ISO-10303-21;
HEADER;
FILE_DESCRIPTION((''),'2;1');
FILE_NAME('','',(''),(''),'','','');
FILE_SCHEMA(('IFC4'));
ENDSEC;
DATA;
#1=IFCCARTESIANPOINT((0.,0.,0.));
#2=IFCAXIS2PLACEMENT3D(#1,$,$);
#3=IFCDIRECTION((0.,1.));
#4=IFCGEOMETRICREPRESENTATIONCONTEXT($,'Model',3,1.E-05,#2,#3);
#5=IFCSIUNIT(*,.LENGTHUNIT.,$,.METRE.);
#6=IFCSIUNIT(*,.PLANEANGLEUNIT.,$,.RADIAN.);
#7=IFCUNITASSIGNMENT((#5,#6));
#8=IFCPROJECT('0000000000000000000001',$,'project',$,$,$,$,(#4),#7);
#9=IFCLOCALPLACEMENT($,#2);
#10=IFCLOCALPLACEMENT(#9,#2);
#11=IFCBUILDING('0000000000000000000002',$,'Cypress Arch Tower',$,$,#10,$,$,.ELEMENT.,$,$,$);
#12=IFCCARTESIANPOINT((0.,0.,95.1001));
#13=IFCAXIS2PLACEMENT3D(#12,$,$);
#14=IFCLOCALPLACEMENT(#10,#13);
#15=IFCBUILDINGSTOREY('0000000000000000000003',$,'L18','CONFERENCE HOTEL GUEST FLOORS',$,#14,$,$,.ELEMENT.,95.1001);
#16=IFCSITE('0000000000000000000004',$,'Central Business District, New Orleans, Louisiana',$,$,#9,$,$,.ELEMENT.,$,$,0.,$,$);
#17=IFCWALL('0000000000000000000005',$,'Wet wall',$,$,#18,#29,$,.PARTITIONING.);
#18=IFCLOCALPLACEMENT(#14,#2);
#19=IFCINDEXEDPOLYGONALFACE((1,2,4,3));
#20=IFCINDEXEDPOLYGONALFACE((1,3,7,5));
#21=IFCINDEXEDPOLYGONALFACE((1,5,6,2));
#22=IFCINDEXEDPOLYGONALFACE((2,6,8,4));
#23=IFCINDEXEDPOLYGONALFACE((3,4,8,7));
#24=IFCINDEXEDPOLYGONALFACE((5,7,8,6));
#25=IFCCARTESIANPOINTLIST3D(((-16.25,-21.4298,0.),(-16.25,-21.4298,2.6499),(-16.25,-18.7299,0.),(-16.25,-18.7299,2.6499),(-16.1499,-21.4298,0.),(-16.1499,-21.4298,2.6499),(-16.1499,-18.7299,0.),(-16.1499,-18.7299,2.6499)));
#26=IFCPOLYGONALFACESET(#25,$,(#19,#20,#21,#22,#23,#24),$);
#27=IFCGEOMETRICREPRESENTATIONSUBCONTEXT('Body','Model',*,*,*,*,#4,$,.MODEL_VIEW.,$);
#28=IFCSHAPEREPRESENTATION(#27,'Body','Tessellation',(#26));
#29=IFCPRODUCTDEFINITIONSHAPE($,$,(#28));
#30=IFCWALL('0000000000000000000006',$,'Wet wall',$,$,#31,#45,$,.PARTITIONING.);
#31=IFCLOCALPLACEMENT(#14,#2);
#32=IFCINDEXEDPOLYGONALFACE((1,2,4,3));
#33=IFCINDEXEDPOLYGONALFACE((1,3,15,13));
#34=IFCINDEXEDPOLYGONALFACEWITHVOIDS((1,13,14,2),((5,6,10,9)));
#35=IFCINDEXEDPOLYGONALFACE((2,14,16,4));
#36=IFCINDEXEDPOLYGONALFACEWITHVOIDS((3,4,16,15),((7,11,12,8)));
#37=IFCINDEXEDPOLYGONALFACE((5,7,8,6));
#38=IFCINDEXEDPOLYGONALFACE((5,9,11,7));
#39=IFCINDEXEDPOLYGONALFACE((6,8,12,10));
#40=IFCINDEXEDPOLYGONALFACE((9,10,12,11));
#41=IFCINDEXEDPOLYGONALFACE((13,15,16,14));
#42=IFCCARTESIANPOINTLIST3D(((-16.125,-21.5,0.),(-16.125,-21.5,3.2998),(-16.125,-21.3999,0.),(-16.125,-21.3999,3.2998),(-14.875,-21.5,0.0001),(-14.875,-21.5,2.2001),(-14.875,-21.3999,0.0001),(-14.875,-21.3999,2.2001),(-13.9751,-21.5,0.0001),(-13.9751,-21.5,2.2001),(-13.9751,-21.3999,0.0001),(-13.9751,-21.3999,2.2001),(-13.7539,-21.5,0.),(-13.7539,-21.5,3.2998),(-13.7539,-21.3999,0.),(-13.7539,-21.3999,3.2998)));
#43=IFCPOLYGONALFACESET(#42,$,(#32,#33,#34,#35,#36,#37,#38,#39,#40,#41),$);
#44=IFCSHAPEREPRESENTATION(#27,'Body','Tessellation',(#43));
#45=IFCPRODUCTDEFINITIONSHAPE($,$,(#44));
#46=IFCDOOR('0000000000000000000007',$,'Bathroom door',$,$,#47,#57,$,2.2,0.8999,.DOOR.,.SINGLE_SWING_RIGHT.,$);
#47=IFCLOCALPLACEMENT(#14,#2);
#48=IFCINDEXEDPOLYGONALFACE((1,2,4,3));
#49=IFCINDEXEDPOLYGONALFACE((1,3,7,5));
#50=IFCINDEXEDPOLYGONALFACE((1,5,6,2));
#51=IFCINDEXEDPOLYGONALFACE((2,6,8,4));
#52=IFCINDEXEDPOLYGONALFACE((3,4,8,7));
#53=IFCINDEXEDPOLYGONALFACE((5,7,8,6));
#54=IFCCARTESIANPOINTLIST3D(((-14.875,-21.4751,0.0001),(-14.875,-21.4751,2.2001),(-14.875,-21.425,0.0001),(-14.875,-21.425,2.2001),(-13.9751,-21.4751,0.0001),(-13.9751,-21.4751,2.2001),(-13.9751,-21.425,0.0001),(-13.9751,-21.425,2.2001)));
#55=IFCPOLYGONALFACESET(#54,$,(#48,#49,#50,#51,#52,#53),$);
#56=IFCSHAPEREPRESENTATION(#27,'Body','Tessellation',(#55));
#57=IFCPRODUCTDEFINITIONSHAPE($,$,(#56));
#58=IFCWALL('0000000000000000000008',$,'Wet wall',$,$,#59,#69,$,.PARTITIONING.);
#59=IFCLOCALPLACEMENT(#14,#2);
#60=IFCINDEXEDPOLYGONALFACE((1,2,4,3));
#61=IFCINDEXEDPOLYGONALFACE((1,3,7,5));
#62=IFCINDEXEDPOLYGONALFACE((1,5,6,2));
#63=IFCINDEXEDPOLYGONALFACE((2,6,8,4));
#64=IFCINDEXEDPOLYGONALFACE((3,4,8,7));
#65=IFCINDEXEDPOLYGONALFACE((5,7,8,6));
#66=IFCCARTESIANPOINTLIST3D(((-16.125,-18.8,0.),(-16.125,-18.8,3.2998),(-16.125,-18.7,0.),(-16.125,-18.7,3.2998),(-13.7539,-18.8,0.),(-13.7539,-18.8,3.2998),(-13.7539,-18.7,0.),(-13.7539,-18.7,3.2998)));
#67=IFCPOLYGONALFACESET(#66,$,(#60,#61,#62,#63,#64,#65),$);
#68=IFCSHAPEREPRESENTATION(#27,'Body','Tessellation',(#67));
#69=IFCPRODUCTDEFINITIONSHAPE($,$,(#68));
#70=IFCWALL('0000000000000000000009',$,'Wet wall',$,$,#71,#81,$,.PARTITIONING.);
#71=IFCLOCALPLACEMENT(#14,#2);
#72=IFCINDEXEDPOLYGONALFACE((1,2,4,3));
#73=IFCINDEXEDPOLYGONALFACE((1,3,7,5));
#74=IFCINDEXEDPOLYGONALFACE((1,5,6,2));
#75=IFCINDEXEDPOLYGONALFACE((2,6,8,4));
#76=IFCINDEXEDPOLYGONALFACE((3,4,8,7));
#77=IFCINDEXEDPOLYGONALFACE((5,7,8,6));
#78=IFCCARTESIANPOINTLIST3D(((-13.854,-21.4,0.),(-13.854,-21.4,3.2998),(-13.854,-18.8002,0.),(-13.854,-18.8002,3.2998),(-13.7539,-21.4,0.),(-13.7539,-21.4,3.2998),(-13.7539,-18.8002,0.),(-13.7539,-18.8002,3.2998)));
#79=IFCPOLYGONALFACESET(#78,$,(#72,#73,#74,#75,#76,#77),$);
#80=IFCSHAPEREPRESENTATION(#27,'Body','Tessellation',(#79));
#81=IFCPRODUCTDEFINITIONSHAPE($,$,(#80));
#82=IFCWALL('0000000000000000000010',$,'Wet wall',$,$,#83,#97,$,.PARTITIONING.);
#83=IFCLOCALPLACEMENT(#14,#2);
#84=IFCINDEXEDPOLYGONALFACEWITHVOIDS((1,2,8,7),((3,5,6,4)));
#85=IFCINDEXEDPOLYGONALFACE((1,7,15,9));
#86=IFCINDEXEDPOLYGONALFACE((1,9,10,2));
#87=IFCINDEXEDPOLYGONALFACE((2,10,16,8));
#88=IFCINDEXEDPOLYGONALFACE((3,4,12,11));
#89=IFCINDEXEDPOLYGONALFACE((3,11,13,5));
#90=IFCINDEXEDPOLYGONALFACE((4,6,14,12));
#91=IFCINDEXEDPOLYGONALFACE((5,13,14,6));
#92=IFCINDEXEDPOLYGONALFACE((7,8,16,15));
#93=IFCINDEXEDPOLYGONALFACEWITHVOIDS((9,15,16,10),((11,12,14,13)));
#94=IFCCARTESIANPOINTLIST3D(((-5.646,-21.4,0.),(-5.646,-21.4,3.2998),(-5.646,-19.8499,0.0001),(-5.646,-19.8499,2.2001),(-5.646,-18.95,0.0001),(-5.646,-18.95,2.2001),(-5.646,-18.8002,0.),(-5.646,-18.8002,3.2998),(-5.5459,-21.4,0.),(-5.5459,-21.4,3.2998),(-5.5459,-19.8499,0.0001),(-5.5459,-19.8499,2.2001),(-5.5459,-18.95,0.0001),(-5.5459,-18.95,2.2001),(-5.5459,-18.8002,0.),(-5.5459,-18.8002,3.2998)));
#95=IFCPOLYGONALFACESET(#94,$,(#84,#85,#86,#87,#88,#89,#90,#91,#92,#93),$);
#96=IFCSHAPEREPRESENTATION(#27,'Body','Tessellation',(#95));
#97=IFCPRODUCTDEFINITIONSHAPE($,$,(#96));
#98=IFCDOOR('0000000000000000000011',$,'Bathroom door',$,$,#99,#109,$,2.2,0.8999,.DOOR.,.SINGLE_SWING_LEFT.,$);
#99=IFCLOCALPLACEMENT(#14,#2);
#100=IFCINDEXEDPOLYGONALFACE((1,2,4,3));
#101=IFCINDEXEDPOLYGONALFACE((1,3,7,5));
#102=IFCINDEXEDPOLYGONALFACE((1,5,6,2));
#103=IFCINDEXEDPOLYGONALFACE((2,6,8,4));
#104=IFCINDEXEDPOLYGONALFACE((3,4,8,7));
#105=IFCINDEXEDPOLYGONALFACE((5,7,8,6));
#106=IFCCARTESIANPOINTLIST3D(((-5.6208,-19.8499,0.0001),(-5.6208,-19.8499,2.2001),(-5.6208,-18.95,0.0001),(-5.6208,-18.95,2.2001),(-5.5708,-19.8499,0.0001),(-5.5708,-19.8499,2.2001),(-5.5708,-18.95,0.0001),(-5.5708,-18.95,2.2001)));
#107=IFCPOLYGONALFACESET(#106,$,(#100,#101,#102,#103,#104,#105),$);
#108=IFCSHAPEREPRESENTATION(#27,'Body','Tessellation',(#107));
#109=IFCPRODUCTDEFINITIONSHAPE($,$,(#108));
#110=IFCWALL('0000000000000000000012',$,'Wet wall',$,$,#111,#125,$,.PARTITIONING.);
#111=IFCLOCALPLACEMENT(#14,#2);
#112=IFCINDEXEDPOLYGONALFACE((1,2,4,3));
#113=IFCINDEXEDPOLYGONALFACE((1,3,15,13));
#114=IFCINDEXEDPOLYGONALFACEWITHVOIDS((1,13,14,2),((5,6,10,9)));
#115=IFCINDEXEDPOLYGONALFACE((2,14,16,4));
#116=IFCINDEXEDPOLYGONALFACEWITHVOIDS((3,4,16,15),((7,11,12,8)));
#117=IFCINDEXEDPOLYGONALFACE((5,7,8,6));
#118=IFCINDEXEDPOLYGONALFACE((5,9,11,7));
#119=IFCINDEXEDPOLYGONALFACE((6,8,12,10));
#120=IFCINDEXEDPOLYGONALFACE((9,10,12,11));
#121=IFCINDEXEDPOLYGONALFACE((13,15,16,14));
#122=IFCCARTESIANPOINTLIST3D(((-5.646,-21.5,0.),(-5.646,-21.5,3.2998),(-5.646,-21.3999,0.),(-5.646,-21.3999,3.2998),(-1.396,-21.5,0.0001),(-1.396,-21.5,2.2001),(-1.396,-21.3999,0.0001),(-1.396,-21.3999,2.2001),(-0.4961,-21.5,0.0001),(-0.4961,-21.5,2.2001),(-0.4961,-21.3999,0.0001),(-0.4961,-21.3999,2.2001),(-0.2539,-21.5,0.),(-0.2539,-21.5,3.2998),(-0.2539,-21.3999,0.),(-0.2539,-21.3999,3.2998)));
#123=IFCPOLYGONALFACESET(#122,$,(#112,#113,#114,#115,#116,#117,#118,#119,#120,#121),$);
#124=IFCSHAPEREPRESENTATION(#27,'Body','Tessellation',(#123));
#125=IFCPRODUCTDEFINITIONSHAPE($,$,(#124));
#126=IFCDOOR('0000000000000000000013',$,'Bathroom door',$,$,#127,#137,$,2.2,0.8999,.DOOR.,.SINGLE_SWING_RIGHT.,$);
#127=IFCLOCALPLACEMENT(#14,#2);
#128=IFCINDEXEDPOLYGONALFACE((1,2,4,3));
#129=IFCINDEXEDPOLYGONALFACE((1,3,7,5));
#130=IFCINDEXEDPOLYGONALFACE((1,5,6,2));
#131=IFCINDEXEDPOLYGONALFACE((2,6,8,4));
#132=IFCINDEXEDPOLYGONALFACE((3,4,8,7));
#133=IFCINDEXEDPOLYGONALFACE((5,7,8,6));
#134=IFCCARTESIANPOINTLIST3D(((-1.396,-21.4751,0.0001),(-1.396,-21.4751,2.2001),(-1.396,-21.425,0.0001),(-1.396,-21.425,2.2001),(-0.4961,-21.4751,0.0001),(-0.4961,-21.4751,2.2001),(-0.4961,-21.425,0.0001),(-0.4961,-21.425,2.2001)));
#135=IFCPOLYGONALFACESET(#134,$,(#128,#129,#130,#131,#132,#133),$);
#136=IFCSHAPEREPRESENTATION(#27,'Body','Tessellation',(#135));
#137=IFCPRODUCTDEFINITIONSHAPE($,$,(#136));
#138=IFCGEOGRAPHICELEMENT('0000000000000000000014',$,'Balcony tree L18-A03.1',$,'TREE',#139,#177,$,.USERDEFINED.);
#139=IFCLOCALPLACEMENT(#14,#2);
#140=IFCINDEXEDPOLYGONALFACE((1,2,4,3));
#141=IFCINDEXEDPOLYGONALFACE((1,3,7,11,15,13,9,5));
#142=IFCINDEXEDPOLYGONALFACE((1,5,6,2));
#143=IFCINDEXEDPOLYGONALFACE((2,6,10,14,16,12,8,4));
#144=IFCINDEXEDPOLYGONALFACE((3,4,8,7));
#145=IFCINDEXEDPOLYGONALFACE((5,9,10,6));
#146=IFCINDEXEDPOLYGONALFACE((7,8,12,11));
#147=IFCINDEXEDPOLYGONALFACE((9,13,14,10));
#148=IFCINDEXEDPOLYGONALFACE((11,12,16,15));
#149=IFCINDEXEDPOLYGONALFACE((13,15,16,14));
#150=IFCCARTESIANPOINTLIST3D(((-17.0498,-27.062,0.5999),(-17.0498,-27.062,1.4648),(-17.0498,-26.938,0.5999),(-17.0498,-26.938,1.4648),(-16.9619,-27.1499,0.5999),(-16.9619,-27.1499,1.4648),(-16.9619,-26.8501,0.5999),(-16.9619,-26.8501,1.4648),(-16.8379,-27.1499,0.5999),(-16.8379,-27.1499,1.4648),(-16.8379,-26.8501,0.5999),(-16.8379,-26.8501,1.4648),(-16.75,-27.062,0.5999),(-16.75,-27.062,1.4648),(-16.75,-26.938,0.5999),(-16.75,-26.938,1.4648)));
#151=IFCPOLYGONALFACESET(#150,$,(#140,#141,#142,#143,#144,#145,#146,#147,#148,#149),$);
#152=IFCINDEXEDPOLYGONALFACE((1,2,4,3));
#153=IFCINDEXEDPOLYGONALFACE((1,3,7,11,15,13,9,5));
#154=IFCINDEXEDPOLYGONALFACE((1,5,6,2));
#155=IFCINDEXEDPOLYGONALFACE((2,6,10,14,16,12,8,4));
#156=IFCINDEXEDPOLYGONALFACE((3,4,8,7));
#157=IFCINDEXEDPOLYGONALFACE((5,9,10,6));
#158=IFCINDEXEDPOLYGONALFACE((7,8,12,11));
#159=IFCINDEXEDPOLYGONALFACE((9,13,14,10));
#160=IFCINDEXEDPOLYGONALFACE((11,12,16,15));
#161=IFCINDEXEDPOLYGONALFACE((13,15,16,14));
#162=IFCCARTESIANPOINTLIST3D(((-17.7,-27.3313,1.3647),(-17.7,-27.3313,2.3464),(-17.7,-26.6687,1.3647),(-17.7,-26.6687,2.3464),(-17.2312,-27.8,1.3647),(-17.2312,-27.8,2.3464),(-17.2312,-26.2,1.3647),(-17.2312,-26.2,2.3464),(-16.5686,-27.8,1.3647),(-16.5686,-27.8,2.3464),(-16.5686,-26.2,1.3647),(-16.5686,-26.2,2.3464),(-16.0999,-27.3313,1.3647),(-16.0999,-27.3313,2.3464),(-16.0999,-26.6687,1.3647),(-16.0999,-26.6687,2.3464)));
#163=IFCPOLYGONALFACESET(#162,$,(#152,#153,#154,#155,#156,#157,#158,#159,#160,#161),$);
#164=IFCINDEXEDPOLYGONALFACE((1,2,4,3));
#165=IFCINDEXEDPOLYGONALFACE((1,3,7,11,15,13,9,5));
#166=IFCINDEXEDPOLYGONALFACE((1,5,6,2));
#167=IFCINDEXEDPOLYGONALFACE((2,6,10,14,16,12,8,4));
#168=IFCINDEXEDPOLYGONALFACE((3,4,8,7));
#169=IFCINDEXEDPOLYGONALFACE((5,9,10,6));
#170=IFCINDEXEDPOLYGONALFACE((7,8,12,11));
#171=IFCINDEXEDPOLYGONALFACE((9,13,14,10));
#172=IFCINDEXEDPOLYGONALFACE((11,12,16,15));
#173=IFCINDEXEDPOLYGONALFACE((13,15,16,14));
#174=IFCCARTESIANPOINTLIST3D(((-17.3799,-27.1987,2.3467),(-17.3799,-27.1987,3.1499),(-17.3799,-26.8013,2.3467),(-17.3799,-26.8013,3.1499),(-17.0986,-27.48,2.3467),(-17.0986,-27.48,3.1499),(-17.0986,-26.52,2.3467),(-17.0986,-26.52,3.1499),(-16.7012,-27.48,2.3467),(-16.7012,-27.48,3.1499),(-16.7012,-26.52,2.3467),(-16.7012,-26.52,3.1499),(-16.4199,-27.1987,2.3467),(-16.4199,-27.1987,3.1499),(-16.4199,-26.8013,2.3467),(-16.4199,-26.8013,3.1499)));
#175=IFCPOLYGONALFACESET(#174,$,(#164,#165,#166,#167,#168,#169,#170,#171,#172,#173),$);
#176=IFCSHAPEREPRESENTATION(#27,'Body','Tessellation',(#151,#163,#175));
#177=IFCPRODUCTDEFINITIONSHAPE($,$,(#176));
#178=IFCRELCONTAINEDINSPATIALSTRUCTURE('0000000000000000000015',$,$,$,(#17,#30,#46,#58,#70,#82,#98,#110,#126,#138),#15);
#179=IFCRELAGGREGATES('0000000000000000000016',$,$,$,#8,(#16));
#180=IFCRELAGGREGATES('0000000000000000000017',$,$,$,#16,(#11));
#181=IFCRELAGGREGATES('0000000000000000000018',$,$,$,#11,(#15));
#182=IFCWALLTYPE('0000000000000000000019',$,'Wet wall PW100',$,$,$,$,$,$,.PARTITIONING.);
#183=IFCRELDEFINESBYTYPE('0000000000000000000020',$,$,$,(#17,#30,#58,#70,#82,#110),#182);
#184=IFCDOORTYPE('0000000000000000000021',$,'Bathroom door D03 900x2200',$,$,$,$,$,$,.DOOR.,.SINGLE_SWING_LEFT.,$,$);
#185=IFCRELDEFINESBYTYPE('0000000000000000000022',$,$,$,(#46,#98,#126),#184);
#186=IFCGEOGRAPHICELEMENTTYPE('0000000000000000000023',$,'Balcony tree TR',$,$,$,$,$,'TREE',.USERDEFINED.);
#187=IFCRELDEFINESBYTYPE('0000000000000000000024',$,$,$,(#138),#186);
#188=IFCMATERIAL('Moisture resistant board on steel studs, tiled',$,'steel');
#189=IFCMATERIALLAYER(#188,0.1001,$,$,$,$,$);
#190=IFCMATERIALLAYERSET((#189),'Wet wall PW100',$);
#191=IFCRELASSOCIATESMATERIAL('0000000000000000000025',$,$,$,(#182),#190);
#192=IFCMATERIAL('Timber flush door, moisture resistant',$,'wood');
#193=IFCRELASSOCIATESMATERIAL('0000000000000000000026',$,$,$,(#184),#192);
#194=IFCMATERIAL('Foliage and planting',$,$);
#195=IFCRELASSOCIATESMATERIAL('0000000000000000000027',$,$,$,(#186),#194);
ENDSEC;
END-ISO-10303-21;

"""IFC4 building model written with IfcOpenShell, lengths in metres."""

from ifc_helpers import new_model, si_unit, direction, frame, frame_2d, origin, place, context, subcontext, project, spatial, polyline, rectangle, outline, extrude, material, layer, layer_set, type_object, element, fill, save


model = new_model("IFC4")

# Units and contexts
model_context = context("Model", 3, precision=1e-05, world=origin(), true_north=direction((0.0, 1.0)))
body_context = subcontext(model_context, "Body", "Model", "MODEL_VIEW")
ifc_project = project(units=[si_unit("LENGTHUNIT", "METRE"), si_unit("PLANEANGLEUNIT", "RADIAN")], contexts=[model_context])

# Site, building, storey
site_placement = place(None, origin())
site = spatial("IfcSite", under=ifc_project, at=site_placement, Name="Central Business District, New Orleans, Louisiana", CompositionType="ELEMENT", RefElevation=0.0)
building_placement = place(site_placement, origin())
building = spatial("IfcBuilding", under=site, at=building_placement, Name="Cypress Arch Tower", CompositionType="ELEMENT")
storey_placement = place(building_placement, frame((0.0, 0.0, 95.1001)))
storey = spatial("IfcBuildingStorey", under=building, at=storey_placement, Name="L18", Description="CONFERENCE HOTEL GUEST FLOORS", CompositionType="ELEMENT", Elevation=95.1001)

# Wall
ifc_material_1 = material(Name="Moisture resistant board on steel studs, tiled", Category="steel")
ifc_layer_1 = layer(ifc_material_1, 0.1001)
ifc_layer_set_1 = layer_set([ifc_layer_1], Name="Wet wall PW100")
wall_type_1 = type_object("IfcWallType", Name="Wet wall PW100", PredefinedType="PARTITIONING", material=ifc_layer_set_1)
wall_1_placement = place(storey_placement, frame((-16.2, -21.4299, 0.0), z_axis=(0.0, 0.0, 1.0), x_axis=(0.0, 1.0, 0.0)))
element("IfcWall", 1, at=wall_1_placement, inside=storey, type_object=wall_type_1, Name="Wet wall", PredefinedType="PARTITIONING", context=body_context, shape_type="SweptSolid", body=[
    extrude(rectangle(XDim=2.7, YDim=0.1001, at=frame_2d((1.3501, 0.0))), origin(), (0.0, 0.0, 1.0), 2.6499),
])

# Wall, opening, door
wall_2_placement = place(storey_placement, frame((-16.125, -21.45, 0.0), z_axis=(0.0, 0.0, 1.0), x_axis=(1.0, 0.0, 0.0)))
wall_2 = element("IfcWall", 2, at=wall_2_placement, inside=storey, type_object=wall_type_1, Name="Wet wall", PredefinedType="PARTITIONING", context=body_context, shape_type="SweptSolid", body=[
    extrude(rectangle(XDim=2.3711, YDim=0.1001, at=frame_2d((1.1855, 0.0))), origin(), (0.0, 0.0, 1.0), 3.2998),
])
opening_1_placement = place(wall_2_placement, frame((1.25, 0.0, 0.0)))
opening_1 = element("IfcOpeningElement", 3, at=opening_1_placement, cuts=wall_2, PredefinedType="OPENING", context=body_context, shape_type="SweptSolid", body=[
    extrude(rectangle(XDim=0.8999, YDim=2.2, at=frame_2d((0.45, 1.1001))), frame((0.0, 0.0601, 0.0), z_axis=(0.0, -1.0, 0.0), x_axis=(1.0, 0.0, 0.0)), (0.0, 0.0, 1.0), 0.1201),
])
ifc_material_2 = material(Name="Timber flush door, moisture resistant", Category="wood")
door_type_1 = type_object("IfcDoorType", Name="Bathroom door D03 900x2200", OperationType="SINGLE_SWING_LEFT", PredefinedType="DOOR", material=ifc_material_2)
door_1_placement = place(opening_1_placement, origin())
door_1 = element("IfcDoor", 4, at=door_1_placement, inside=storey, type_object=door_type_1, Name="Bathroom door", OperationType="SINGLE_SWING_RIGHT", OverallHeight=2.2, OverallWidth=0.8999, PredefinedType="DOOR", context=body_context, shape_type="SweptSolid", body=[
    extrude(rectangle(XDim=0.8999, YDim=2.2, at=frame_2d((0.45, 1.1001))), frame((0.0, 0.0249, 0.0), z_axis=(0.0, -1.0, 0.0), x_axis=(1.0, 0.0, 0.0)), (0.0, 0.0, 1.0), 0.05),
])
fill(opening_1, door_1)

# Walls
wall_3_placement = place(storey_placement, frame((-16.125, -18.75, 0.0), z_axis=(0.0, 0.0, 1.0), x_axis=(1.0, 0.0, 0.0)))
element("IfcWall", 5, at=wall_3_placement, inside=storey, type_object=wall_type_1, Name="Wet wall", PredefinedType="PARTITIONING", context=body_context, shape_type="SweptSolid", body=[
    extrude(rectangle(XDim=2.3711, YDim=0.1001, at=frame_2d((1.1855, 0.0))), origin(), (0.0, 0.0, 1.0), 3.2998),
])
wall_4_placement = place(storey_placement, frame((-13.804, -21.3999, 0.0), z_axis=(0.0, 0.0, 1.0), x_axis=(0.0, 1.0, 0.0)))
element("IfcWall", 6, at=wall_4_placement, inside=storey, type_object=wall_type_1, Name="Wet wall", PredefinedType="PARTITIONING", context=body_context, shape_type="SweptSolid", body=[
    extrude(rectangle(XDim=2.5999, YDim=0.1001, at=frame_2d((1.2998, 0.0))), origin(), (0.0, 0.0, 1.0), 3.2998),
])

# Walls, openings, doors
wall_5_placement = place(storey_placement, frame((-5.5959, -21.3999, 0.0), z_axis=(0.0, 0.0, 1.0), x_axis=(0.0, 1.0, 0.0)))
wall_5 = element("IfcWall", 7, at=wall_5_placement, inside=storey, type_object=wall_type_1, Name="Wet wall", PredefinedType="PARTITIONING", context=body_context, shape_type="SweptSolid", body=[
    extrude(rectangle(XDim=2.5999, YDim=0.1001, at=frame_2d((1.2998, 0.0))), origin(), (0.0, 0.0, 1.0), 3.2998),
])
opening_2_placement = place(wall_5_placement, frame((1.55, 0.0, 0.0)))
opening_2 = element("IfcOpeningElement", 8, at=opening_2_placement, cuts=wall_5, PredefinedType="OPENING", context=body_context, shape_type="SweptSolid", body=[
    extrude(rectangle(XDim=0.8999, YDim=2.2, at=frame_2d((0.45, 1.1001))), frame((0.0, 0.0601, 0.0), z_axis=(0.0, -1.0, 0.0), x_axis=(1.0, 0.0, 0.0)), (0.0, 0.0, 1.0), 0.1201),
])
door_2_placement = place(opening_2_placement, origin())
door_2 = element("IfcDoor", 9, at=door_2_placement, inside=storey, type_object=door_type_1, Name="Bathroom door", OperationType="SINGLE_SWING_LEFT", OverallHeight=2.2, OverallWidth=0.8999, PredefinedType="DOOR", context=body_context, shape_type="SweptSolid", body=[
    extrude(rectangle(XDim=0.8999, YDim=2.2, at=frame_2d((0.45, 1.1001))), frame((0.0, 0.0249, 0.0), z_axis=(0.0, -1.0, 0.0), x_axis=(1.0, 0.0, 0.0)), (0.0, 0.0, 1.0), 0.05),
])
fill(opening_2, door_2)
wall_6_placement = place(storey_placement, frame((-5.646, -21.45, 0.0), z_axis=(0.0, 0.0, 1.0), x_axis=(1.0, 0.0, 0.0)))
wall_6 = element("IfcWall", 10, at=wall_6_placement, inside=storey, type_object=wall_type_1, Name="Wet wall", PredefinedType="PARTITIONING", context=body_context, shape_type="SweptSolid", body=[
    extrude(rectangle(XDim=5.3921, YDim=0.1001, at=frame_2d((2.696, 0.0))), origin(), (0.0, 0.0, 1.0), 3.2998),
])
opening_3_placement = place(wall_6_placement, frame((4.25, 0.0, 0.0)))
opening_3 = element("IfcOpeningElement", 11, at=opening_3_placement, cuts=wall_6, PredefinedType="OPENING", context=body_context, shape_type="SweptSolid", body=[
    extrude(rectangle(XDim=0.8999, YDim=2.2, at=frame_2d((0.45, 1.1001))), frame((0.0, 0.0601, 0.0), z_axis=(0.0, -1.0, 0.0), x_axis=(1.0, 0.0, 0.0)), (0.0, 0.0, 1.0), 0.1201),
])
door_3_placement = place(opening_3_placement, origin())
door_3 = element("IfcDoor", 12, at=door_3_placement, inside=storey, type_object=door_type_1, Name="Bathroom door", OperationType="SINGLE_SWING_RIGHT", OverallHeight=2.2, OverallWidth=0.8999, PredefinedType="DOOR", context=body_context, shape_type="SweptSolid", body=[
    extrude(rectangle(XDim=0.8999, YDim=2.2, at=frame_2d((0.45, 1.1001))), frame((0.0, 0.0249, 0.0), z_axis=(0.0, -1.0, 0.0), x_axis=(1.0, 0.0, 0.0)), (0.0, 0.0, 1.0), 0.05),
])
fill(opening_3, door_3)

# Geographic element
ifc_material_3 = material(Name="Foliage and planting")
geographic_element_type = type_object("IfcGeographicElementType", Name="Balcony tree TR", ElementType="TREE", PredefinedType="USERDEFINED", material=ifc_material_3)
for number, where, z_axis, x_axis, name in (
    (13, (-16.8999, -27.0, 0.5999), (0.0, 0.0, 1.0), (1.0, 0.0, 0.0), "Balcony tree L18-A03.1"),
):
    element("IfcGeographicElement", number, at=place(storey_placement, frame(where, z_axis=z_axis, x_axis=x_axis)), inside=storey, type_object=geographic_element_type, Name=name, ObjectType="TREE", PredefinedType="USERDEFINED", context=body_context, shape_type="SweptSolid", body=[
        extrude(outline(polyline([(0.1499, 0.062), (0.062, 0.1499), (-0.062, 0.1499), (-0.1499, 0.062), (-0.1499, -0.062), (-0.062, -0.1499), (0.062, -0.1499), (0.1499, -0.062), (0.1499, 0.062)])), origin(), (0.0, 0.0, 1.0), 0.865),
        extrude(outline(polyline([(0.8, 0.3313), (0.3313, 0.8), (-0.3313, 0.8), (-0.8, 0.3313), (-0.8, -0.3313), (-0.3313, -0.8), (0.3313, -0.8), (0.8, -0.3313), (0.8, 0.3313)])), frame((0.0, 0.0, 0.7649)), (0.0, 0.0, 1.0), 0.9817),
        extrude(outline(polyline([(0.48, 0.1987), (0.1987, 0.48), (-0.1987, 0.48), (-0.48, 0.1987), (-0.48, -0.1987), (-0.1987, -0.48), (0.1987, -0.48), (0.48, -0.1987), (0.48, 0.1987)])), frame((0.0, 0.0, 1.7468)), (0.0, 0.0, 1.0), 0.8032),
    ])

save(model, "model.ifc")
